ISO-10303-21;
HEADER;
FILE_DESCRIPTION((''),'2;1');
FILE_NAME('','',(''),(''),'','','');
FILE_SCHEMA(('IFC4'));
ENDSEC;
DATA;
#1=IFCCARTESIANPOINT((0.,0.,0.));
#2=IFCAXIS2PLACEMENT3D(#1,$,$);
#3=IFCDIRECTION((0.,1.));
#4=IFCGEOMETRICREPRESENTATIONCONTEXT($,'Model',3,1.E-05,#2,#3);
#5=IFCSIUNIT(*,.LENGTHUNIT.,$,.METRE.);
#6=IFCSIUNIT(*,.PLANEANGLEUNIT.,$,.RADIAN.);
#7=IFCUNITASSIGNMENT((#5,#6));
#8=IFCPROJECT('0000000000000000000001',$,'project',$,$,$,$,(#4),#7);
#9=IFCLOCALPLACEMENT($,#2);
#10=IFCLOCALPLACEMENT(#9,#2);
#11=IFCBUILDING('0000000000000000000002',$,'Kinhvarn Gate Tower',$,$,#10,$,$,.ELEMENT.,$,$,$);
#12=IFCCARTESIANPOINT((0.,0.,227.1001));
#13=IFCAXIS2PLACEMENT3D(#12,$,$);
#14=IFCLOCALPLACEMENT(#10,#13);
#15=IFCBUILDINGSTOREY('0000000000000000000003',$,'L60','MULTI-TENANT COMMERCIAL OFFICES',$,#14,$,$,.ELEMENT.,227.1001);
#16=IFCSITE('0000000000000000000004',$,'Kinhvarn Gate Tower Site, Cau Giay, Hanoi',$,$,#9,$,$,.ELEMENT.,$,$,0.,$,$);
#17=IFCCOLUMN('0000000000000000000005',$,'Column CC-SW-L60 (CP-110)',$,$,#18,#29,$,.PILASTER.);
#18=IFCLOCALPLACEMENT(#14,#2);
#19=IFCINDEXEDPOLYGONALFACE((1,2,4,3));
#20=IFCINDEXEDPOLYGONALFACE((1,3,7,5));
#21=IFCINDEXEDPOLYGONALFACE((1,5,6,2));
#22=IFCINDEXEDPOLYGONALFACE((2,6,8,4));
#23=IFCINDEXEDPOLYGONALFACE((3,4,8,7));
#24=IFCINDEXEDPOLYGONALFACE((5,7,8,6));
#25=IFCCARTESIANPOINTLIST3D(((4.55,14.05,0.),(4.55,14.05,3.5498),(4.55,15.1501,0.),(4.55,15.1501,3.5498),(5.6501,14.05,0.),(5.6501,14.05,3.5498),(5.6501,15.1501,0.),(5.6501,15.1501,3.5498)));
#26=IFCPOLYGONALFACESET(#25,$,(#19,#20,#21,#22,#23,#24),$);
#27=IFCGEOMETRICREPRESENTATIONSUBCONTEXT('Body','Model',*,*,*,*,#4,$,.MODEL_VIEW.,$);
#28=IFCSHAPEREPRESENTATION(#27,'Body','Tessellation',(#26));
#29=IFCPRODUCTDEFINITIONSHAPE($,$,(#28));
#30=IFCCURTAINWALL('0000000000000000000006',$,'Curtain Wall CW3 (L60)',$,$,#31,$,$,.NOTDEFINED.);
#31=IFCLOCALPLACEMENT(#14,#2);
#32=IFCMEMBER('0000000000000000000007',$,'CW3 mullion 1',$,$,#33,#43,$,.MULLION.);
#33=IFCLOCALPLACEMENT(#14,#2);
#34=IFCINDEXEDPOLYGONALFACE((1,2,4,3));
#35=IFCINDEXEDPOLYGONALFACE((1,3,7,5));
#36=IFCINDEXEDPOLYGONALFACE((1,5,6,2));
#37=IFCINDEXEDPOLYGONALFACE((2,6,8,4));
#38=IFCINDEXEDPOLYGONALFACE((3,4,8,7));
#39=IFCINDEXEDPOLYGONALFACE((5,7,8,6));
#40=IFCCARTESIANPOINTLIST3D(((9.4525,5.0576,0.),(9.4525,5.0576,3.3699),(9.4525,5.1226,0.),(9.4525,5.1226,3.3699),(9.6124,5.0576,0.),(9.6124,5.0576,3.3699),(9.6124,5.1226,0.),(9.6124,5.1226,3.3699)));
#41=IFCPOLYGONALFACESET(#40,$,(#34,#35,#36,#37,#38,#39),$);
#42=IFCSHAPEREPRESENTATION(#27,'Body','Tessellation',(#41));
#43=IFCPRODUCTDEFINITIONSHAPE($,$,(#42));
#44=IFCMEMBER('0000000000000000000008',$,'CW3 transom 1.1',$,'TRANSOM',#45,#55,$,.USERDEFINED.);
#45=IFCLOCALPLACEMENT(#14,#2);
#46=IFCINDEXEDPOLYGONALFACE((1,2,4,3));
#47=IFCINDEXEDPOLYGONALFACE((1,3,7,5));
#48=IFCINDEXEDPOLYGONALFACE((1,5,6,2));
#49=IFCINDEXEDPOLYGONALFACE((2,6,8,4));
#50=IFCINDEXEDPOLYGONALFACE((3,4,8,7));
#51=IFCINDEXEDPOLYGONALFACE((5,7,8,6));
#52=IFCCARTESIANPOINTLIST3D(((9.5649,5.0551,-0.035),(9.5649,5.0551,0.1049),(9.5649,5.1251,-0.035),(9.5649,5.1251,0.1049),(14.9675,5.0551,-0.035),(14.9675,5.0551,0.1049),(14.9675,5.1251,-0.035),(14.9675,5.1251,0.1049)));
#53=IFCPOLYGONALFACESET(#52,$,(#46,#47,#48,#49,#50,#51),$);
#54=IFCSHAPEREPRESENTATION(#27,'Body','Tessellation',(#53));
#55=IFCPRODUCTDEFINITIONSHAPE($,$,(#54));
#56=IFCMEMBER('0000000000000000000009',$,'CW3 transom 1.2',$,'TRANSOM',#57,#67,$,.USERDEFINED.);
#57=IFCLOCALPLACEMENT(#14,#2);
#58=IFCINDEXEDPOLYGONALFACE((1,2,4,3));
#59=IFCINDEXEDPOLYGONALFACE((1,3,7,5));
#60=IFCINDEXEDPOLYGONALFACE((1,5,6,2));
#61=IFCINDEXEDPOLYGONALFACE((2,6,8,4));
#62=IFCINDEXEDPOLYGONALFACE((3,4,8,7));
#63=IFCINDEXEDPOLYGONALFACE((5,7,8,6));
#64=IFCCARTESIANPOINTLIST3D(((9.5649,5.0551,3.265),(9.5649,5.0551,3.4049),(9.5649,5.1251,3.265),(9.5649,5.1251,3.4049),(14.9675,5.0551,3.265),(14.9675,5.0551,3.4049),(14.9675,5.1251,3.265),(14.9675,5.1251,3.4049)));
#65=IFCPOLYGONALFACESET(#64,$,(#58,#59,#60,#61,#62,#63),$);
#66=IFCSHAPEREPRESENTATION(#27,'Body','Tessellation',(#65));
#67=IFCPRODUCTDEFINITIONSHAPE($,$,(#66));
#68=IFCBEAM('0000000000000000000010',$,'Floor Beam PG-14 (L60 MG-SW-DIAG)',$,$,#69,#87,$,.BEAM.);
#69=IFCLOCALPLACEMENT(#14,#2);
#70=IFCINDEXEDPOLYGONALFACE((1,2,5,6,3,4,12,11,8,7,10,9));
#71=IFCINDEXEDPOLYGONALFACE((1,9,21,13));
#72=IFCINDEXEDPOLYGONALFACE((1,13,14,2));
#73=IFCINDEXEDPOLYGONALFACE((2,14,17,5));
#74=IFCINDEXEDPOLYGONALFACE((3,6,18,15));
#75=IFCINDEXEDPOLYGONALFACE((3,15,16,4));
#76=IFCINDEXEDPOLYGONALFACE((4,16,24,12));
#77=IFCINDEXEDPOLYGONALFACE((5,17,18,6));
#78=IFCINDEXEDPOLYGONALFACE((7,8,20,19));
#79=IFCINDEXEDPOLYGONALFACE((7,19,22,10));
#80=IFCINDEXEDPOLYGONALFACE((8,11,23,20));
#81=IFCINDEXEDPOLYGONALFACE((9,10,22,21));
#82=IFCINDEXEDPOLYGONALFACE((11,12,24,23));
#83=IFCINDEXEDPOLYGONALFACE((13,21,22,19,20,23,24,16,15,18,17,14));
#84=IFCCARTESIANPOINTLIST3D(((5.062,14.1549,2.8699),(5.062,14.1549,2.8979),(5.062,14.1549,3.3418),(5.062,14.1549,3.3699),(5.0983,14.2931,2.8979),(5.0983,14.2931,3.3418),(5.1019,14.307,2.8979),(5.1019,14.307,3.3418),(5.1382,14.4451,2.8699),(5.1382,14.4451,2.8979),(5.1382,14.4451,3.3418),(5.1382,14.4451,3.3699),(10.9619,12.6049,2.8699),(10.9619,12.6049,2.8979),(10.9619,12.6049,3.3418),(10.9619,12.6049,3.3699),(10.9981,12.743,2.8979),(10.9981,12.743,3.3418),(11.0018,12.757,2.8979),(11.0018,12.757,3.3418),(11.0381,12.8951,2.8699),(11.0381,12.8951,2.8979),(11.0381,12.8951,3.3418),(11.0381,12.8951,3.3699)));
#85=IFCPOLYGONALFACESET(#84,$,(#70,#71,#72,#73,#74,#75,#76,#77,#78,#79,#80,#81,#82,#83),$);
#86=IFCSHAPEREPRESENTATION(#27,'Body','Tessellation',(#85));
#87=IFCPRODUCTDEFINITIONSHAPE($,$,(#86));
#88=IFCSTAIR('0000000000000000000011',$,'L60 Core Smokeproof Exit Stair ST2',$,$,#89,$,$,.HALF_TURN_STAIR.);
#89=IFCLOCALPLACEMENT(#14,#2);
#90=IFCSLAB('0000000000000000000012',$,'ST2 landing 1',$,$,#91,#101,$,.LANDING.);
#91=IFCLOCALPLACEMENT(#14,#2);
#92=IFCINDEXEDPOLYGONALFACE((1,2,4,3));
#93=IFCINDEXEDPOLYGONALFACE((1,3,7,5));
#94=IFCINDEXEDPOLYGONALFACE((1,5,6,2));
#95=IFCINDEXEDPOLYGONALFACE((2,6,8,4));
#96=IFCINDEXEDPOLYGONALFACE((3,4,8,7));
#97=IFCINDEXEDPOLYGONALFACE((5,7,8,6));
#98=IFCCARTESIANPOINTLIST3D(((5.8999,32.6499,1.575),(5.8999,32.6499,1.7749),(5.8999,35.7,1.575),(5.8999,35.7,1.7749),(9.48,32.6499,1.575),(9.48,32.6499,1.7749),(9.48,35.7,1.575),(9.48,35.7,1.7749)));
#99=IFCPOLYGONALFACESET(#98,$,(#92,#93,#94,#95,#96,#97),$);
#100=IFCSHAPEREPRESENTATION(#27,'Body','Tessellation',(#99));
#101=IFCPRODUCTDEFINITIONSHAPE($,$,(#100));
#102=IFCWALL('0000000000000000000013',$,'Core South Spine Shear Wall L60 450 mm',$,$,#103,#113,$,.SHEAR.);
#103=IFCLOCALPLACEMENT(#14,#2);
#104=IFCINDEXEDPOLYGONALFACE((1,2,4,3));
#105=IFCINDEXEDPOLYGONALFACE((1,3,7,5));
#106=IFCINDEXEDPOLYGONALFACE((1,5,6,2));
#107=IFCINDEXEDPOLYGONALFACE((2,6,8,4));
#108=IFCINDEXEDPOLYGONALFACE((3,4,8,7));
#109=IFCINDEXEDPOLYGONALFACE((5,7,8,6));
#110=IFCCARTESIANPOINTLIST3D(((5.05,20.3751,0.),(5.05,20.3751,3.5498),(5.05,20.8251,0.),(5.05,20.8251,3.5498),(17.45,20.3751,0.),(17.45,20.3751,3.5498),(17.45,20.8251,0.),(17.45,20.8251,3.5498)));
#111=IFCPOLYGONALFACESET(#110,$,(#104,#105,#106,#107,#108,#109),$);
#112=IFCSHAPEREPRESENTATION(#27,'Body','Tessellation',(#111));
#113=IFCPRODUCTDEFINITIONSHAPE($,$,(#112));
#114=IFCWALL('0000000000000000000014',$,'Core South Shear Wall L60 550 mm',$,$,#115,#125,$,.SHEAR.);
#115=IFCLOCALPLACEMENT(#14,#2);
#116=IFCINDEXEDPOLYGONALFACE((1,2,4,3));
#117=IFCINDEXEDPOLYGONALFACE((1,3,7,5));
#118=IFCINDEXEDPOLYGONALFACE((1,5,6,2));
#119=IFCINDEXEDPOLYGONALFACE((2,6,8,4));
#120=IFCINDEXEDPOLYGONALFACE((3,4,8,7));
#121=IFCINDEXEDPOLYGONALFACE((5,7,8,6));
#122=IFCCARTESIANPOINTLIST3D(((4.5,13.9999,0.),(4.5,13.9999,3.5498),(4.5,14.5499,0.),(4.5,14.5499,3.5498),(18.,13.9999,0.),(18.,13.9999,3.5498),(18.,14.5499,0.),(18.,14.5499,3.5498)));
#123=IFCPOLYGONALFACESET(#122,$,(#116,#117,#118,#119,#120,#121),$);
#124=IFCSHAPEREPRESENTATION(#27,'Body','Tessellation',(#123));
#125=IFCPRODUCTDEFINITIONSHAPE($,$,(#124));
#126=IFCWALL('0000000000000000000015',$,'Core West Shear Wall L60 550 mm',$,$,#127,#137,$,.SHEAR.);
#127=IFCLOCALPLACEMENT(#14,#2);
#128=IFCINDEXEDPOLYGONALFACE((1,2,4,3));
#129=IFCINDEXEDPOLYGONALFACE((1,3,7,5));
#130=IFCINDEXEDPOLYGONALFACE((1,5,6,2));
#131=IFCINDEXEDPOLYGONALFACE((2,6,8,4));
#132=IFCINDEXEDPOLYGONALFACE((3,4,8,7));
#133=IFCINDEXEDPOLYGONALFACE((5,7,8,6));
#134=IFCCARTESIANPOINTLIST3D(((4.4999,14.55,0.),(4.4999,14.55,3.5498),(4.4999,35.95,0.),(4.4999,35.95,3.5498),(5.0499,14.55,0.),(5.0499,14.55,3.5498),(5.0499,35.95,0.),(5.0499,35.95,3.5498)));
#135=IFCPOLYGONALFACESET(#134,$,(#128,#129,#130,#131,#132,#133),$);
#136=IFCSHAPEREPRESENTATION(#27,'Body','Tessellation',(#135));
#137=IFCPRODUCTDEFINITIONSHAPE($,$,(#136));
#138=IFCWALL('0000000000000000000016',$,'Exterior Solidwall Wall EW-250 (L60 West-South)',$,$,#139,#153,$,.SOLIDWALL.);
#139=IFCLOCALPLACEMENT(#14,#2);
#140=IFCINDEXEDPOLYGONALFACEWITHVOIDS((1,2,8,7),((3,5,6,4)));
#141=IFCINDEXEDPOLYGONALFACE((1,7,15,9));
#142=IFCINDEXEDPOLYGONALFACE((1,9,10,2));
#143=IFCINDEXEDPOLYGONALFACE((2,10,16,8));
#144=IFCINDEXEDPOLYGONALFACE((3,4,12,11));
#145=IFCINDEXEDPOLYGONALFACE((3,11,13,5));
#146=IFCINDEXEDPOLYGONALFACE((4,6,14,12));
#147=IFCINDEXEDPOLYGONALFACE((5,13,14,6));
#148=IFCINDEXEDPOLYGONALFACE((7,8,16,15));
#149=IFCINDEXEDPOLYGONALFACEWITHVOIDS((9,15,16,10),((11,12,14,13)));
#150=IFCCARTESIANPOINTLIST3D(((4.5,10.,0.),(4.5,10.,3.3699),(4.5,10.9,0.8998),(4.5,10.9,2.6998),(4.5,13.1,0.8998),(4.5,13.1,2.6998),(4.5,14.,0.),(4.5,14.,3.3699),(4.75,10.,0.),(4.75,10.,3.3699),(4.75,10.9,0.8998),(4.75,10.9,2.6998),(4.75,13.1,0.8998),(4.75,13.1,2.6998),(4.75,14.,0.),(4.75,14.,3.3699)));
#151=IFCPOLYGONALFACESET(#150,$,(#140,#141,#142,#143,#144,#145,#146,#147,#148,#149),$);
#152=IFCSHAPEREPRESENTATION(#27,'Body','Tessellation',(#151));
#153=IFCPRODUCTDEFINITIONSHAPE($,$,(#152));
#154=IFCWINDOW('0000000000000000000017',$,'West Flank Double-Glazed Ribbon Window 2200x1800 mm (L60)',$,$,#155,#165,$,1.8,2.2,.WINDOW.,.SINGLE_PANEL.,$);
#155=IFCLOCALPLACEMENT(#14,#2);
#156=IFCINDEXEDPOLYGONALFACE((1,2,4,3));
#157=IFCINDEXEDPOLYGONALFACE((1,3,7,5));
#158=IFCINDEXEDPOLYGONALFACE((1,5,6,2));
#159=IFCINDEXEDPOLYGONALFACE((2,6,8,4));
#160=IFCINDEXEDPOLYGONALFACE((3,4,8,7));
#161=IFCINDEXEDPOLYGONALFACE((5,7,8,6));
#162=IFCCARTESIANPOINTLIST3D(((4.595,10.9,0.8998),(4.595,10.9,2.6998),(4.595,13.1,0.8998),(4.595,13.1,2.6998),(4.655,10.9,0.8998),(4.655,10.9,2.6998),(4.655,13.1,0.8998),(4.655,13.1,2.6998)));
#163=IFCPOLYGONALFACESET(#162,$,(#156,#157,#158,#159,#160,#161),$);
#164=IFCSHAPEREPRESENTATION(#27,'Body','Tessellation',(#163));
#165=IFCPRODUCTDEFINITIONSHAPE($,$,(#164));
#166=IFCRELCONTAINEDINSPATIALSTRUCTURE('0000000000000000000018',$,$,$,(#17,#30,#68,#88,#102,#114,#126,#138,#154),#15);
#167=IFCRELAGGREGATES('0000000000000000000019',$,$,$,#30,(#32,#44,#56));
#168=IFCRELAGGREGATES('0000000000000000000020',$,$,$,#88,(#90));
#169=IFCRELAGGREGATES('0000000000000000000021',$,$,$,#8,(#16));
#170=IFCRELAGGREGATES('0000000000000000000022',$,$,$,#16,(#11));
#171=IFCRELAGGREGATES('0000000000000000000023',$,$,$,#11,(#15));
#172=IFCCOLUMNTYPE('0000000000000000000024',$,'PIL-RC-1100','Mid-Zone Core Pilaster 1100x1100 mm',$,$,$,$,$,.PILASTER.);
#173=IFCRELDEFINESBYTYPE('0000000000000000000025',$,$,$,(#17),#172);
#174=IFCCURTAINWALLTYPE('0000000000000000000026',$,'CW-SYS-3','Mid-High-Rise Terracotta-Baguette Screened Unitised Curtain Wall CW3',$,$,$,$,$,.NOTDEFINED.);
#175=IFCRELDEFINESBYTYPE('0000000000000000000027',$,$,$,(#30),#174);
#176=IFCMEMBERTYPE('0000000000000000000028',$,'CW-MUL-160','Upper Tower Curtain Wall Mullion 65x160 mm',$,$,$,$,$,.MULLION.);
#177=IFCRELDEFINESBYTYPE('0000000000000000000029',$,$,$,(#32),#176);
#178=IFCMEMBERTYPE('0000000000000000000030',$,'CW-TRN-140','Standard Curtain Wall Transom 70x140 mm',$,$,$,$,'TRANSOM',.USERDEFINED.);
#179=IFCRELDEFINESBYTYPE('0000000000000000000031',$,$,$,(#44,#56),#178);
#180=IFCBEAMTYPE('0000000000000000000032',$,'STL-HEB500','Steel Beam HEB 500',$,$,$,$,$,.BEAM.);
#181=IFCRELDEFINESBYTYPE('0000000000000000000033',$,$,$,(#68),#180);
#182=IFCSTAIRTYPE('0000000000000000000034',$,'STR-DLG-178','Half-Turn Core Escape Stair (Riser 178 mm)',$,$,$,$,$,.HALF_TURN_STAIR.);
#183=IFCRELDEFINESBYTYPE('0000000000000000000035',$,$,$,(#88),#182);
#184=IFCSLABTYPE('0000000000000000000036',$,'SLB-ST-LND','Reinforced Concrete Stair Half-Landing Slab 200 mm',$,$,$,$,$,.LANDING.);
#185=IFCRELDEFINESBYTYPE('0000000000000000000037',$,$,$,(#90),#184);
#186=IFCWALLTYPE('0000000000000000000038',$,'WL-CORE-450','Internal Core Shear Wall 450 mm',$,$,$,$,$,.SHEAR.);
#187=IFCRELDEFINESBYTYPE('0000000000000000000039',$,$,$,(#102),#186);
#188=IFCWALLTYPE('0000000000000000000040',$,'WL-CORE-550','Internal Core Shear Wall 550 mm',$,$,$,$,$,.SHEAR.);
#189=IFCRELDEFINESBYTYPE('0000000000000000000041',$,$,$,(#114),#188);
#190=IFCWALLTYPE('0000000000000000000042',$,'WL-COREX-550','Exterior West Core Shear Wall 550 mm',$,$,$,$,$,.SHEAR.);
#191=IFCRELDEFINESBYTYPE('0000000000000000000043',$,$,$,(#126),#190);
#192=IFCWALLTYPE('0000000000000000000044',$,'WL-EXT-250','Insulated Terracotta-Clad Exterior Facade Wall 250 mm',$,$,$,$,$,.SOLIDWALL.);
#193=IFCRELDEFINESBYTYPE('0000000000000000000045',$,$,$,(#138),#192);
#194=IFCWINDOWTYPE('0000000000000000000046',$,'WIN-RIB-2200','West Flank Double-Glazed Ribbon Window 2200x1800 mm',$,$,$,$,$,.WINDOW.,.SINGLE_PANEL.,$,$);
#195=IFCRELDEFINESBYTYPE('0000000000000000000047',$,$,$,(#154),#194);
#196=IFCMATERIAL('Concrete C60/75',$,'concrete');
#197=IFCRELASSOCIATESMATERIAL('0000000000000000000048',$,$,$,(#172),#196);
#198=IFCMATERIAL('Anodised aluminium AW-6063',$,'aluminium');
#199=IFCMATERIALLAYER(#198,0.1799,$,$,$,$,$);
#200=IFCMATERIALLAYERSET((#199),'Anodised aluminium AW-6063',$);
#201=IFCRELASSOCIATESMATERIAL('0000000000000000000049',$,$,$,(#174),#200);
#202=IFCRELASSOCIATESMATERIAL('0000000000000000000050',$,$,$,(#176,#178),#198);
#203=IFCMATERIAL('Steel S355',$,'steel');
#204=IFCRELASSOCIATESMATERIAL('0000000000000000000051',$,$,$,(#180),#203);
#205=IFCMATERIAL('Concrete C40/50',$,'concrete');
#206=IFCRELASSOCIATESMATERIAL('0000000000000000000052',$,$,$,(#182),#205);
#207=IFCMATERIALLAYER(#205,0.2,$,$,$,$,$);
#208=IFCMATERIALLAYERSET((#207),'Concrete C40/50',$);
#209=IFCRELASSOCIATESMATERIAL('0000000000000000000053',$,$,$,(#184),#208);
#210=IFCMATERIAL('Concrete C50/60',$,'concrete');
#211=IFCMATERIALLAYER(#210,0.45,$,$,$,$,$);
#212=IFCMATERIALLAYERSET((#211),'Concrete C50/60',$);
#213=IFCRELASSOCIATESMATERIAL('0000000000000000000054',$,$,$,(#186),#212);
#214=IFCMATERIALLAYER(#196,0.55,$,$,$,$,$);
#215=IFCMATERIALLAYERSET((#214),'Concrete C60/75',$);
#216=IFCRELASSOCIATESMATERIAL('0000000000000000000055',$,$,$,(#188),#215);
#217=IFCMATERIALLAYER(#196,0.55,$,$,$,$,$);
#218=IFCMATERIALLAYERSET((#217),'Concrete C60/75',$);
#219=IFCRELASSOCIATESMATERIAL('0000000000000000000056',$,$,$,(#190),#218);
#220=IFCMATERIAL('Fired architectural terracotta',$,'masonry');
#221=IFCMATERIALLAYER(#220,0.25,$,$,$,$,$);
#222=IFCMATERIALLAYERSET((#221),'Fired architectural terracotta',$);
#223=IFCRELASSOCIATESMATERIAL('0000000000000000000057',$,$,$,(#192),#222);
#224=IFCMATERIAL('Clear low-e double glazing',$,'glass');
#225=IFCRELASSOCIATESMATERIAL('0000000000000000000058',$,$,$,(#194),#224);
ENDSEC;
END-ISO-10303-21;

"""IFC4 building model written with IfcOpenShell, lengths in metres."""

from ifc_helpers import new_model, si_unit, direction, frame, frame_2d, origin, origin_2d, place, context, subcontext, project, spatial, polyline, rectangle, i_section, outline, extrude, material, layer, layer_set, material_profile, profile_set, type_object, element, fill, aggregate, save


model = new_model("IFC4")

# Units and contexts
model_context = context("Model", 3, precision=1e-05, world=origin(), true_north=direction((0.0, 1.0)))
body_context = subcontext(model_context, "Body", "Model", "MODEL_VIEW")
ifc_project = project(units=[si_unit("LENGTHUNIT", "METRE"), si_unit("PLANEANGLEUNIT", "RADIAN")], contexts=[model_context])

# Site, building, storey
site_placement = place(None, origin())
site = spatial("IfcSite", under=ifc_project, at=site_placement, Name="Kinhvarn Gate Tower Site, Cau Giay, Hanoi", CompositionType="ELEMENT", RefElevation=0.0)
building_placement = place(site_placement, origin())
building = spatial("IfcBuilding", under=site, at=building_placement, Name="Kinhvarn Gate Tower", CompositionType="ELEMENT")
storey_placement = place(building_placement, frame((0.0, 0.0, 227.1001)))
storey = spatial("IfcBuildingStorey", under=building, at=storey_placement, Name="L60", Description="MULTI-TENANT COMMERCIAL OFFICES", CompositionType="ELEMENT", Elevation=227.1001)

# Column
ifc_material_1 = material(Name="Concrete C60/75", Category="concrete")
ifc_material_profile_1 = material_profile(ifc_material_1, rectangle(XDim=1.1001, YDim=1.1001, at=origin_2d()), Name="RC 1100x1100")
ifc_profile_set_1 = profile_set([ifc_material_profile_1], Name="Concrete C60/75")
column_type = type_object("IfcColumnType", Name="PIL-RC-1100", Description="Mid-Zone Core Pilaster 1100x1100 mm", PredefinedType="PILASTER", material=ifc_profile_set_1)
column_placement = place(storey_placement, frame((5.1001, 14.6001, 0.0), z_axis=(0.0, 0.0, 1.0), x_axis=(1.0, 0.0, 0.0)))
element("IfcColumn", 1, at=column_placement, inside=storey, type_object=column_type, Name="Column CC-SW-L60 (CP-110)", PredefinedType="PILASTER", context=body_context, shape_type="SweptSolid", body=[
    extrude(rectangle(XDim=1.1001, YDim=1.1001, at=origin_2d()), origin(), (0.0, 0.0, 1.0), 3.5498),
])

# Curtain wall, members
ifc_material_2 = material(Name="Anodised aluminium AW-6063", Category="aluminium")
ifc_layer_1 = layer(ifc_material_2, 0.1799)
ifc_layer_set_1 = layer_set([ifc_layer_1], Name="Anodised aluminium AW-6063")
curtain_wall_type = type_object("IfcCurtainWallType", Name="CW-SYS-3", Description="Mid-High-Rise Terracotta-Baguette Screened Unitised Curtain Wall CW3", PredefinedType="NOTDEFINED", material=ifc_layer_set_1)
curtain_wall_placement = place(storey_placement, origin())
curtain_wall = element("IfcCurtainWall", 2, at=curtain_wall_placement, inside=storey, type_object=curtain_wall_type, Name="Curtain Wall CW3 (L60)", PredefinedType="NOTDEFINED")
ifc_material_profile_2 = material_profile(ifc_material_2, rectangle(XDim=0.0649, YDim=0.1599, at=origin_2d()), Name="ALU 65x160")
ifc_profile_set_2 = profile_set([ifc_material_profile_2], Name="Anodised aluminium AW-6063")
member_type_1 = type_object("IfcMemberType", Name="CW-MUL-160", Description="Upper Tower Curtain Wall Mullion 65x160 mm", PredefinedType="MULLION", material=ifc_profile_set_2)
member_1_placement = place(storey_placement, frame((9.5325, 5.0901, 0.0), z_axis=(0.0, 0.0, 1.0), x_axis=(0.0, 1.0, 0.0)))
member_1 = element("IfcMember", 3, at=member_1_placement, type_object=member_type_1, Name="CW3 mullion 1", PredefinedType="MULLION", context=body_context, shape_type="SweptSolid", body=[
    extrude(rectangle(XDim=0.0649, YDim=0.1599, at=origin_2d()), origin(), (0.0, 0.0, 1.0), 3.3699),
])
ifc_material_profile_3 = material_profile(ifc_material_2, rectangle(XDim=0.0701, YDim=0.1399, at=origin_2d()), Name="ALU 70x140")
ifc_profile_set_3 = profile_set([ifc_material_profile_3], Name="Anodised aluminium AW-6063")
member_type_2 = type_object("IfcMemberType", Name="CW-TRN-140", Description="Standard Curtain Wall Transom 70x140 mm", ElementType="TRANSOM", PredefinedType="USERDEFINED", material=ifc_profile_set_3)
member_2_placement = place(storey_placement, frame((9.5649, 5.0901, 0.0349), z_axis=(1.0, 0.0, 0.0), x_axis=(0.0, 1.0, 0.0)))
member_2 = element("IfcMember", 4, at=member_2_placement, type_object=member_type_2, Name="CW3 transom 1.1", ObjectType="TRANSOM", PredefinedType="USERDEFINED", context=body_context, shape_type="SweptSolid", body=[
    extrude(rectangle(XDim=0.0701, YDim=0.1399, at=origin_2d()), origin(), (0.0, 0.0, 1.0), 5.4026),
])
member_3_placement = place(storey_placement, frame((9.5649, 5.0901, 3.335), z_axis=(1.0, 0.0, 0.0), x_axis=(0.0, 1.0, 0.0)))
member_3 = element("IfcMember", 5, at=member_3_placement, type_object=member_type_2, Name="CW3 transom 1.2", ObjectType="TRANSOM", PredefinedType="USERDEFINED", context=body_context, shape_type="SweptSolid", body=[
    extrude(rectangle(XDim=0.0701, YDim=0.1399, at=origin_2d()), origin(), (0.0, 0.0, 1.0), 5.4026),
])
aggregate(curtain_wall, [member_1, member_2, member_3])

# Beam
ifc_material_3 = material(Name="Steel S355", Category="steel")
ifc_material_profile_4 = material_profile(ifc_material_3, i_section(OverallWidth=0.3, OverallDepth=0.5, WebThickness=0.0144, FlangeThickness=0.0281, at=origin_2d()), Name="HEB 500")
ifc_profile_set_4 = profile_set([ifc_material_profile_4], Name="Steel S355")
beam_type = type_object("IfcBeamType", Name="STL-HEB500", Description="Steel Beam HEB 500", PredefinedType="BEAM", material=ifc_profile_set_4)
beam_placement = place(storey_placement, frame((5.1001, 14.3, 3.1199), z_axis=(0.967178, -0.254101, 0.0), x_axis=(0.254101, 0.967178, 0.0)))
element("IfcBeam", 6, at=beam_placement, inside=storey, type_object=beam_type, Name="Floor Beam PG-14 (L60 MG-SW-DIAG)", PredefinedType="BEAM", context=body_context, shape_type="SweptSolid", body=[
    extrude(i_section(OverallWidth=0.3, OverallDepth=0.5, WebThickness=0.0144, FlangeThickness=0.0281, at=origin_2d()), origin(), (0.0, 0.0, 1.0), 6.1001),
])

# Stair, slab
ifc_material_4 = material(Name="Concrete C40/50", Category="concrete")
stair_type = type_object("IfcStairType", Name="STR-DLG-178", Description="Half-Turn Core Escape Stair (Riser 178 mm)", PredefinedType="HALF_TURN_STAIR", material=ifc_material_4)
stair_1_placement = place(storey_placement, origin())
stair_1 = element("IfcStair", 7, at=stair_1_placement, inside=storey, type_object=stair_type, Name="L60 Core Smokeproof Exit Stair ST2", PredefinedType="HALF_TURN_STAIR")
ifc_layer_2 = layer(ifc_material_4, 0.2)
ifc_layer_set_2 = layer_set([ifc_layer_2], Name="Concrete C40/50")
slab_type = type_object("IfcSlabType", Name="SLB-ST-LND", Description="Reinforced Concrete Stair Half-Landing Slab 200 mm", PredefinedType="LANDING", material=ifc_layer_set_2)
slab_placement = place(storey_placement, frame((0.0, 0.0, 1.575)))
slab = element("IfcSlab", 8, at=slab_placement, type_object=slab_type, Name="ST2 landing 1", PredefinedType="LANDING", context=body_context, shape_type="SweptSolid", body=[
    extrude(outline(polyline([(9.48, 35.7), (5.8999, 35.7), (5.8999, 32.6499), (9.48, 32.6499), (9.48, 35.7)])), origin(), (0.0, 0.0, 1.0), 0.2),
])
aggregate(stair_1, [slab])

# Walls
ifc_material_5 = material(Name="Concrete C50/60", Category="concrete")
ifc_layer_3 = layer(ifc_material_5, 0.45)
ifc_layer_set_3 = layer_set([ifc_layer_3], Name="Concrete C50/60")
wall_type_1 = type_object("IfcWallType", Name="WL-CORE-450", Description="Internal Core Shear Wall 450 mm", PredefinedType="SHEAR", material=ifc_layer_set_3)
wall_1_placement = place(storey_placement, frame((5.05, 20.6001, 0.0), z_axis=(0.0, 0.0, 1.0), x_axis=(1.0, 0.0, 0.0)))
element("IfcWall", 9, at=wall_1_placement, inside=storey, type_object=wall_type_1, Name="Core South Spine Shear Wall L60 450 mm", PredefinedType="SHEAR", context=body_context, shape_type="SweptSolid", body=[
    extrude(rectangle(XDim=12.3999, YDim=0.45, at=frame_2d((6.2, 0.0))), origin(), (0.0, 0.0, 1.0), 3.5498),
])
ifc_layer_4 = layer(ifc_material_1, 0.55)
ifc_layer_set_4 = layer_set([ifc_layer_4], Name="Concrete C60/75")
wall_type_2 = type_object("IfcWallType", Name="WL-CORE-550", Description="Internal Core Shear Wall 550 mm", PredefinedType="SHEAR", material=ifc_layer_set_4)
wall_2_placement = place(storey_placement, frame((4.5, 14.2749, 0.0), z_axis=(0.0, 0.0, 1.0), x_axis=(1.0, 0.0, 0.0)))
element("IfcWall", 10, at=wall_2_placement, inside=storey, type_object=wall_type_2, Name="Core South Shear Wall L60 550 mm", PredefinedType="SHEAR", context=body_context, shape_type="SweptSolid", body=[
    extrude(rectangle(XDim=13.5, YDim=0.55, at=frame_2d((6.75, 0.0))), origin(), (0.0, 0.0, 1.0), 3.5498),
])
ifc_layer_5 = layer(ifc_material_1, 0.55)
ifc_layer_set_5 = layer_set([ifc_layer_5], Name="Concrete C60/75")
wall_type_3 = type_object("IfcWallType", Name="WL-COREX-550", Description="Exterior West Core Shear Wall 550 mm", PredefinedType="SHEAR", material=ifc_layer_set_5)
wall_3_placement = place(storey_placement, frame((4.7749, 14.55, 0.0), z_axis=(0.0, 0.0, 1.0), x_axis=(0.0, 1.0, 0.0)))
element("IfcWall", 11, at=wall_3_placement, inside=storey, type_object=wall_type_3, Name="Core West Shear Wall L60 550 mm", PredefinedType="SHEAR", context=body_context, shape_type="SweptSolid", body=[
    extrude(rectangle(XDim=21.3999, YDim=0.55, at=frame_2d((10.7, 0.0))), origin(), (0.0, 0.0, 1.0), 3.5498),
])

# Wall, opening, window
ifc_material_6 = material(Name="Fired architectural terracotta", Category="masonry")
ifc_layer_6 = layer(ifc_material_6, 0.25)
ifc_layer_set_6 = layer_set([ifc_layer_6], Name="Fired architectural terracotta")
wall_type_4 = type_object("IfcWallType", Name="WL-EXT-250", Description="Insulated Terracotta-Clad Exterior Facade Wall 250 mm", PredefinedType="SOLIDWALL", material=ifc_layer_set_6)
wall_4_placement = place(storey_placement, frame((4.625, 14.0, 0.0), z_axis=(0.0, 0.0, 1.0), x_axis=(0.0, -1.0, 0.0)))
wall_4 = element("IfcWall", 12, at=wall_4_placement, inside=storey, type_object=wall_type_4, Name="Exterior Solidwall Wall EW-250 (L60 West-South)", PredefinedType="SOLIDWALL", context=body_context, shape_type="SweptSolid", body=[
    extrude(rectangle(XDim=4.0, YDim=0.25, at=frame_2d((2.0, 0.0))), origin(), (0.0, 0.0, 1.0), 3.3699),
])
opening_1_placement = place(wall_4_placement, frame((0.8999, 0.0, 0.8999)))
opening_1 = element("IfcOpeningElement", 13, at=opening_1_placement, cuts=wall_4, PredefinedType="OPENING", context=body_context, shape_type="SweptSolid", body=[
    extrude(rectangle(XDim=2.2, YDim=1.8, at=frame_2d((1.1001, 0.8999))), frame((0.0, 0.135, 0.0), z_axis=(0.0, -1.0, 0.0), x_axis=(1.0, 0.0, 0.0)), (0.0, 0.0, 1.0), 0.27),
])
ifc_material_7 = material(Name="Clear low-e double glazing", Category="glass")
window_type_1 = type_object("IfcWindowType", Name="WIN-RIB-2200", Description="West Flank Double-Glazed Ribbon Window 2200x1800 mm", PartitioningType="SINGLE_PANEL", PredefinedType="WINDOW", material=ifc_material_7)
window_1_placement = place(opening_1_placement, origin())
window_1 = element("IfcWindow", 14, at=window_1_placement, inside=storey, type_object=window_type_1, Name="West Flank Double-Glazed Ribbon Window 2200x1800 mm (L60)", OverallHeight=1.8, OverallWidth=2.2, PartitioningType="SINGLE_PANEL", PredefinedType="WINDOW", context=body_context, shape_type="SweptSolid", body=[
    extrude(rectangle(XDim=2.2, YDim=1.8, at=frame_2d((1.1001, 0.8999))), frame((0.0, 0.03, 0.0), z_axis=(0.0, -1.0, 0.0), x_axis=(1.0, 0.0, 0.0)), (0.0, 0.0, 1.0), 0.0601),
])
fill(opening_1, window_1)

save(model, "model.ifc")
